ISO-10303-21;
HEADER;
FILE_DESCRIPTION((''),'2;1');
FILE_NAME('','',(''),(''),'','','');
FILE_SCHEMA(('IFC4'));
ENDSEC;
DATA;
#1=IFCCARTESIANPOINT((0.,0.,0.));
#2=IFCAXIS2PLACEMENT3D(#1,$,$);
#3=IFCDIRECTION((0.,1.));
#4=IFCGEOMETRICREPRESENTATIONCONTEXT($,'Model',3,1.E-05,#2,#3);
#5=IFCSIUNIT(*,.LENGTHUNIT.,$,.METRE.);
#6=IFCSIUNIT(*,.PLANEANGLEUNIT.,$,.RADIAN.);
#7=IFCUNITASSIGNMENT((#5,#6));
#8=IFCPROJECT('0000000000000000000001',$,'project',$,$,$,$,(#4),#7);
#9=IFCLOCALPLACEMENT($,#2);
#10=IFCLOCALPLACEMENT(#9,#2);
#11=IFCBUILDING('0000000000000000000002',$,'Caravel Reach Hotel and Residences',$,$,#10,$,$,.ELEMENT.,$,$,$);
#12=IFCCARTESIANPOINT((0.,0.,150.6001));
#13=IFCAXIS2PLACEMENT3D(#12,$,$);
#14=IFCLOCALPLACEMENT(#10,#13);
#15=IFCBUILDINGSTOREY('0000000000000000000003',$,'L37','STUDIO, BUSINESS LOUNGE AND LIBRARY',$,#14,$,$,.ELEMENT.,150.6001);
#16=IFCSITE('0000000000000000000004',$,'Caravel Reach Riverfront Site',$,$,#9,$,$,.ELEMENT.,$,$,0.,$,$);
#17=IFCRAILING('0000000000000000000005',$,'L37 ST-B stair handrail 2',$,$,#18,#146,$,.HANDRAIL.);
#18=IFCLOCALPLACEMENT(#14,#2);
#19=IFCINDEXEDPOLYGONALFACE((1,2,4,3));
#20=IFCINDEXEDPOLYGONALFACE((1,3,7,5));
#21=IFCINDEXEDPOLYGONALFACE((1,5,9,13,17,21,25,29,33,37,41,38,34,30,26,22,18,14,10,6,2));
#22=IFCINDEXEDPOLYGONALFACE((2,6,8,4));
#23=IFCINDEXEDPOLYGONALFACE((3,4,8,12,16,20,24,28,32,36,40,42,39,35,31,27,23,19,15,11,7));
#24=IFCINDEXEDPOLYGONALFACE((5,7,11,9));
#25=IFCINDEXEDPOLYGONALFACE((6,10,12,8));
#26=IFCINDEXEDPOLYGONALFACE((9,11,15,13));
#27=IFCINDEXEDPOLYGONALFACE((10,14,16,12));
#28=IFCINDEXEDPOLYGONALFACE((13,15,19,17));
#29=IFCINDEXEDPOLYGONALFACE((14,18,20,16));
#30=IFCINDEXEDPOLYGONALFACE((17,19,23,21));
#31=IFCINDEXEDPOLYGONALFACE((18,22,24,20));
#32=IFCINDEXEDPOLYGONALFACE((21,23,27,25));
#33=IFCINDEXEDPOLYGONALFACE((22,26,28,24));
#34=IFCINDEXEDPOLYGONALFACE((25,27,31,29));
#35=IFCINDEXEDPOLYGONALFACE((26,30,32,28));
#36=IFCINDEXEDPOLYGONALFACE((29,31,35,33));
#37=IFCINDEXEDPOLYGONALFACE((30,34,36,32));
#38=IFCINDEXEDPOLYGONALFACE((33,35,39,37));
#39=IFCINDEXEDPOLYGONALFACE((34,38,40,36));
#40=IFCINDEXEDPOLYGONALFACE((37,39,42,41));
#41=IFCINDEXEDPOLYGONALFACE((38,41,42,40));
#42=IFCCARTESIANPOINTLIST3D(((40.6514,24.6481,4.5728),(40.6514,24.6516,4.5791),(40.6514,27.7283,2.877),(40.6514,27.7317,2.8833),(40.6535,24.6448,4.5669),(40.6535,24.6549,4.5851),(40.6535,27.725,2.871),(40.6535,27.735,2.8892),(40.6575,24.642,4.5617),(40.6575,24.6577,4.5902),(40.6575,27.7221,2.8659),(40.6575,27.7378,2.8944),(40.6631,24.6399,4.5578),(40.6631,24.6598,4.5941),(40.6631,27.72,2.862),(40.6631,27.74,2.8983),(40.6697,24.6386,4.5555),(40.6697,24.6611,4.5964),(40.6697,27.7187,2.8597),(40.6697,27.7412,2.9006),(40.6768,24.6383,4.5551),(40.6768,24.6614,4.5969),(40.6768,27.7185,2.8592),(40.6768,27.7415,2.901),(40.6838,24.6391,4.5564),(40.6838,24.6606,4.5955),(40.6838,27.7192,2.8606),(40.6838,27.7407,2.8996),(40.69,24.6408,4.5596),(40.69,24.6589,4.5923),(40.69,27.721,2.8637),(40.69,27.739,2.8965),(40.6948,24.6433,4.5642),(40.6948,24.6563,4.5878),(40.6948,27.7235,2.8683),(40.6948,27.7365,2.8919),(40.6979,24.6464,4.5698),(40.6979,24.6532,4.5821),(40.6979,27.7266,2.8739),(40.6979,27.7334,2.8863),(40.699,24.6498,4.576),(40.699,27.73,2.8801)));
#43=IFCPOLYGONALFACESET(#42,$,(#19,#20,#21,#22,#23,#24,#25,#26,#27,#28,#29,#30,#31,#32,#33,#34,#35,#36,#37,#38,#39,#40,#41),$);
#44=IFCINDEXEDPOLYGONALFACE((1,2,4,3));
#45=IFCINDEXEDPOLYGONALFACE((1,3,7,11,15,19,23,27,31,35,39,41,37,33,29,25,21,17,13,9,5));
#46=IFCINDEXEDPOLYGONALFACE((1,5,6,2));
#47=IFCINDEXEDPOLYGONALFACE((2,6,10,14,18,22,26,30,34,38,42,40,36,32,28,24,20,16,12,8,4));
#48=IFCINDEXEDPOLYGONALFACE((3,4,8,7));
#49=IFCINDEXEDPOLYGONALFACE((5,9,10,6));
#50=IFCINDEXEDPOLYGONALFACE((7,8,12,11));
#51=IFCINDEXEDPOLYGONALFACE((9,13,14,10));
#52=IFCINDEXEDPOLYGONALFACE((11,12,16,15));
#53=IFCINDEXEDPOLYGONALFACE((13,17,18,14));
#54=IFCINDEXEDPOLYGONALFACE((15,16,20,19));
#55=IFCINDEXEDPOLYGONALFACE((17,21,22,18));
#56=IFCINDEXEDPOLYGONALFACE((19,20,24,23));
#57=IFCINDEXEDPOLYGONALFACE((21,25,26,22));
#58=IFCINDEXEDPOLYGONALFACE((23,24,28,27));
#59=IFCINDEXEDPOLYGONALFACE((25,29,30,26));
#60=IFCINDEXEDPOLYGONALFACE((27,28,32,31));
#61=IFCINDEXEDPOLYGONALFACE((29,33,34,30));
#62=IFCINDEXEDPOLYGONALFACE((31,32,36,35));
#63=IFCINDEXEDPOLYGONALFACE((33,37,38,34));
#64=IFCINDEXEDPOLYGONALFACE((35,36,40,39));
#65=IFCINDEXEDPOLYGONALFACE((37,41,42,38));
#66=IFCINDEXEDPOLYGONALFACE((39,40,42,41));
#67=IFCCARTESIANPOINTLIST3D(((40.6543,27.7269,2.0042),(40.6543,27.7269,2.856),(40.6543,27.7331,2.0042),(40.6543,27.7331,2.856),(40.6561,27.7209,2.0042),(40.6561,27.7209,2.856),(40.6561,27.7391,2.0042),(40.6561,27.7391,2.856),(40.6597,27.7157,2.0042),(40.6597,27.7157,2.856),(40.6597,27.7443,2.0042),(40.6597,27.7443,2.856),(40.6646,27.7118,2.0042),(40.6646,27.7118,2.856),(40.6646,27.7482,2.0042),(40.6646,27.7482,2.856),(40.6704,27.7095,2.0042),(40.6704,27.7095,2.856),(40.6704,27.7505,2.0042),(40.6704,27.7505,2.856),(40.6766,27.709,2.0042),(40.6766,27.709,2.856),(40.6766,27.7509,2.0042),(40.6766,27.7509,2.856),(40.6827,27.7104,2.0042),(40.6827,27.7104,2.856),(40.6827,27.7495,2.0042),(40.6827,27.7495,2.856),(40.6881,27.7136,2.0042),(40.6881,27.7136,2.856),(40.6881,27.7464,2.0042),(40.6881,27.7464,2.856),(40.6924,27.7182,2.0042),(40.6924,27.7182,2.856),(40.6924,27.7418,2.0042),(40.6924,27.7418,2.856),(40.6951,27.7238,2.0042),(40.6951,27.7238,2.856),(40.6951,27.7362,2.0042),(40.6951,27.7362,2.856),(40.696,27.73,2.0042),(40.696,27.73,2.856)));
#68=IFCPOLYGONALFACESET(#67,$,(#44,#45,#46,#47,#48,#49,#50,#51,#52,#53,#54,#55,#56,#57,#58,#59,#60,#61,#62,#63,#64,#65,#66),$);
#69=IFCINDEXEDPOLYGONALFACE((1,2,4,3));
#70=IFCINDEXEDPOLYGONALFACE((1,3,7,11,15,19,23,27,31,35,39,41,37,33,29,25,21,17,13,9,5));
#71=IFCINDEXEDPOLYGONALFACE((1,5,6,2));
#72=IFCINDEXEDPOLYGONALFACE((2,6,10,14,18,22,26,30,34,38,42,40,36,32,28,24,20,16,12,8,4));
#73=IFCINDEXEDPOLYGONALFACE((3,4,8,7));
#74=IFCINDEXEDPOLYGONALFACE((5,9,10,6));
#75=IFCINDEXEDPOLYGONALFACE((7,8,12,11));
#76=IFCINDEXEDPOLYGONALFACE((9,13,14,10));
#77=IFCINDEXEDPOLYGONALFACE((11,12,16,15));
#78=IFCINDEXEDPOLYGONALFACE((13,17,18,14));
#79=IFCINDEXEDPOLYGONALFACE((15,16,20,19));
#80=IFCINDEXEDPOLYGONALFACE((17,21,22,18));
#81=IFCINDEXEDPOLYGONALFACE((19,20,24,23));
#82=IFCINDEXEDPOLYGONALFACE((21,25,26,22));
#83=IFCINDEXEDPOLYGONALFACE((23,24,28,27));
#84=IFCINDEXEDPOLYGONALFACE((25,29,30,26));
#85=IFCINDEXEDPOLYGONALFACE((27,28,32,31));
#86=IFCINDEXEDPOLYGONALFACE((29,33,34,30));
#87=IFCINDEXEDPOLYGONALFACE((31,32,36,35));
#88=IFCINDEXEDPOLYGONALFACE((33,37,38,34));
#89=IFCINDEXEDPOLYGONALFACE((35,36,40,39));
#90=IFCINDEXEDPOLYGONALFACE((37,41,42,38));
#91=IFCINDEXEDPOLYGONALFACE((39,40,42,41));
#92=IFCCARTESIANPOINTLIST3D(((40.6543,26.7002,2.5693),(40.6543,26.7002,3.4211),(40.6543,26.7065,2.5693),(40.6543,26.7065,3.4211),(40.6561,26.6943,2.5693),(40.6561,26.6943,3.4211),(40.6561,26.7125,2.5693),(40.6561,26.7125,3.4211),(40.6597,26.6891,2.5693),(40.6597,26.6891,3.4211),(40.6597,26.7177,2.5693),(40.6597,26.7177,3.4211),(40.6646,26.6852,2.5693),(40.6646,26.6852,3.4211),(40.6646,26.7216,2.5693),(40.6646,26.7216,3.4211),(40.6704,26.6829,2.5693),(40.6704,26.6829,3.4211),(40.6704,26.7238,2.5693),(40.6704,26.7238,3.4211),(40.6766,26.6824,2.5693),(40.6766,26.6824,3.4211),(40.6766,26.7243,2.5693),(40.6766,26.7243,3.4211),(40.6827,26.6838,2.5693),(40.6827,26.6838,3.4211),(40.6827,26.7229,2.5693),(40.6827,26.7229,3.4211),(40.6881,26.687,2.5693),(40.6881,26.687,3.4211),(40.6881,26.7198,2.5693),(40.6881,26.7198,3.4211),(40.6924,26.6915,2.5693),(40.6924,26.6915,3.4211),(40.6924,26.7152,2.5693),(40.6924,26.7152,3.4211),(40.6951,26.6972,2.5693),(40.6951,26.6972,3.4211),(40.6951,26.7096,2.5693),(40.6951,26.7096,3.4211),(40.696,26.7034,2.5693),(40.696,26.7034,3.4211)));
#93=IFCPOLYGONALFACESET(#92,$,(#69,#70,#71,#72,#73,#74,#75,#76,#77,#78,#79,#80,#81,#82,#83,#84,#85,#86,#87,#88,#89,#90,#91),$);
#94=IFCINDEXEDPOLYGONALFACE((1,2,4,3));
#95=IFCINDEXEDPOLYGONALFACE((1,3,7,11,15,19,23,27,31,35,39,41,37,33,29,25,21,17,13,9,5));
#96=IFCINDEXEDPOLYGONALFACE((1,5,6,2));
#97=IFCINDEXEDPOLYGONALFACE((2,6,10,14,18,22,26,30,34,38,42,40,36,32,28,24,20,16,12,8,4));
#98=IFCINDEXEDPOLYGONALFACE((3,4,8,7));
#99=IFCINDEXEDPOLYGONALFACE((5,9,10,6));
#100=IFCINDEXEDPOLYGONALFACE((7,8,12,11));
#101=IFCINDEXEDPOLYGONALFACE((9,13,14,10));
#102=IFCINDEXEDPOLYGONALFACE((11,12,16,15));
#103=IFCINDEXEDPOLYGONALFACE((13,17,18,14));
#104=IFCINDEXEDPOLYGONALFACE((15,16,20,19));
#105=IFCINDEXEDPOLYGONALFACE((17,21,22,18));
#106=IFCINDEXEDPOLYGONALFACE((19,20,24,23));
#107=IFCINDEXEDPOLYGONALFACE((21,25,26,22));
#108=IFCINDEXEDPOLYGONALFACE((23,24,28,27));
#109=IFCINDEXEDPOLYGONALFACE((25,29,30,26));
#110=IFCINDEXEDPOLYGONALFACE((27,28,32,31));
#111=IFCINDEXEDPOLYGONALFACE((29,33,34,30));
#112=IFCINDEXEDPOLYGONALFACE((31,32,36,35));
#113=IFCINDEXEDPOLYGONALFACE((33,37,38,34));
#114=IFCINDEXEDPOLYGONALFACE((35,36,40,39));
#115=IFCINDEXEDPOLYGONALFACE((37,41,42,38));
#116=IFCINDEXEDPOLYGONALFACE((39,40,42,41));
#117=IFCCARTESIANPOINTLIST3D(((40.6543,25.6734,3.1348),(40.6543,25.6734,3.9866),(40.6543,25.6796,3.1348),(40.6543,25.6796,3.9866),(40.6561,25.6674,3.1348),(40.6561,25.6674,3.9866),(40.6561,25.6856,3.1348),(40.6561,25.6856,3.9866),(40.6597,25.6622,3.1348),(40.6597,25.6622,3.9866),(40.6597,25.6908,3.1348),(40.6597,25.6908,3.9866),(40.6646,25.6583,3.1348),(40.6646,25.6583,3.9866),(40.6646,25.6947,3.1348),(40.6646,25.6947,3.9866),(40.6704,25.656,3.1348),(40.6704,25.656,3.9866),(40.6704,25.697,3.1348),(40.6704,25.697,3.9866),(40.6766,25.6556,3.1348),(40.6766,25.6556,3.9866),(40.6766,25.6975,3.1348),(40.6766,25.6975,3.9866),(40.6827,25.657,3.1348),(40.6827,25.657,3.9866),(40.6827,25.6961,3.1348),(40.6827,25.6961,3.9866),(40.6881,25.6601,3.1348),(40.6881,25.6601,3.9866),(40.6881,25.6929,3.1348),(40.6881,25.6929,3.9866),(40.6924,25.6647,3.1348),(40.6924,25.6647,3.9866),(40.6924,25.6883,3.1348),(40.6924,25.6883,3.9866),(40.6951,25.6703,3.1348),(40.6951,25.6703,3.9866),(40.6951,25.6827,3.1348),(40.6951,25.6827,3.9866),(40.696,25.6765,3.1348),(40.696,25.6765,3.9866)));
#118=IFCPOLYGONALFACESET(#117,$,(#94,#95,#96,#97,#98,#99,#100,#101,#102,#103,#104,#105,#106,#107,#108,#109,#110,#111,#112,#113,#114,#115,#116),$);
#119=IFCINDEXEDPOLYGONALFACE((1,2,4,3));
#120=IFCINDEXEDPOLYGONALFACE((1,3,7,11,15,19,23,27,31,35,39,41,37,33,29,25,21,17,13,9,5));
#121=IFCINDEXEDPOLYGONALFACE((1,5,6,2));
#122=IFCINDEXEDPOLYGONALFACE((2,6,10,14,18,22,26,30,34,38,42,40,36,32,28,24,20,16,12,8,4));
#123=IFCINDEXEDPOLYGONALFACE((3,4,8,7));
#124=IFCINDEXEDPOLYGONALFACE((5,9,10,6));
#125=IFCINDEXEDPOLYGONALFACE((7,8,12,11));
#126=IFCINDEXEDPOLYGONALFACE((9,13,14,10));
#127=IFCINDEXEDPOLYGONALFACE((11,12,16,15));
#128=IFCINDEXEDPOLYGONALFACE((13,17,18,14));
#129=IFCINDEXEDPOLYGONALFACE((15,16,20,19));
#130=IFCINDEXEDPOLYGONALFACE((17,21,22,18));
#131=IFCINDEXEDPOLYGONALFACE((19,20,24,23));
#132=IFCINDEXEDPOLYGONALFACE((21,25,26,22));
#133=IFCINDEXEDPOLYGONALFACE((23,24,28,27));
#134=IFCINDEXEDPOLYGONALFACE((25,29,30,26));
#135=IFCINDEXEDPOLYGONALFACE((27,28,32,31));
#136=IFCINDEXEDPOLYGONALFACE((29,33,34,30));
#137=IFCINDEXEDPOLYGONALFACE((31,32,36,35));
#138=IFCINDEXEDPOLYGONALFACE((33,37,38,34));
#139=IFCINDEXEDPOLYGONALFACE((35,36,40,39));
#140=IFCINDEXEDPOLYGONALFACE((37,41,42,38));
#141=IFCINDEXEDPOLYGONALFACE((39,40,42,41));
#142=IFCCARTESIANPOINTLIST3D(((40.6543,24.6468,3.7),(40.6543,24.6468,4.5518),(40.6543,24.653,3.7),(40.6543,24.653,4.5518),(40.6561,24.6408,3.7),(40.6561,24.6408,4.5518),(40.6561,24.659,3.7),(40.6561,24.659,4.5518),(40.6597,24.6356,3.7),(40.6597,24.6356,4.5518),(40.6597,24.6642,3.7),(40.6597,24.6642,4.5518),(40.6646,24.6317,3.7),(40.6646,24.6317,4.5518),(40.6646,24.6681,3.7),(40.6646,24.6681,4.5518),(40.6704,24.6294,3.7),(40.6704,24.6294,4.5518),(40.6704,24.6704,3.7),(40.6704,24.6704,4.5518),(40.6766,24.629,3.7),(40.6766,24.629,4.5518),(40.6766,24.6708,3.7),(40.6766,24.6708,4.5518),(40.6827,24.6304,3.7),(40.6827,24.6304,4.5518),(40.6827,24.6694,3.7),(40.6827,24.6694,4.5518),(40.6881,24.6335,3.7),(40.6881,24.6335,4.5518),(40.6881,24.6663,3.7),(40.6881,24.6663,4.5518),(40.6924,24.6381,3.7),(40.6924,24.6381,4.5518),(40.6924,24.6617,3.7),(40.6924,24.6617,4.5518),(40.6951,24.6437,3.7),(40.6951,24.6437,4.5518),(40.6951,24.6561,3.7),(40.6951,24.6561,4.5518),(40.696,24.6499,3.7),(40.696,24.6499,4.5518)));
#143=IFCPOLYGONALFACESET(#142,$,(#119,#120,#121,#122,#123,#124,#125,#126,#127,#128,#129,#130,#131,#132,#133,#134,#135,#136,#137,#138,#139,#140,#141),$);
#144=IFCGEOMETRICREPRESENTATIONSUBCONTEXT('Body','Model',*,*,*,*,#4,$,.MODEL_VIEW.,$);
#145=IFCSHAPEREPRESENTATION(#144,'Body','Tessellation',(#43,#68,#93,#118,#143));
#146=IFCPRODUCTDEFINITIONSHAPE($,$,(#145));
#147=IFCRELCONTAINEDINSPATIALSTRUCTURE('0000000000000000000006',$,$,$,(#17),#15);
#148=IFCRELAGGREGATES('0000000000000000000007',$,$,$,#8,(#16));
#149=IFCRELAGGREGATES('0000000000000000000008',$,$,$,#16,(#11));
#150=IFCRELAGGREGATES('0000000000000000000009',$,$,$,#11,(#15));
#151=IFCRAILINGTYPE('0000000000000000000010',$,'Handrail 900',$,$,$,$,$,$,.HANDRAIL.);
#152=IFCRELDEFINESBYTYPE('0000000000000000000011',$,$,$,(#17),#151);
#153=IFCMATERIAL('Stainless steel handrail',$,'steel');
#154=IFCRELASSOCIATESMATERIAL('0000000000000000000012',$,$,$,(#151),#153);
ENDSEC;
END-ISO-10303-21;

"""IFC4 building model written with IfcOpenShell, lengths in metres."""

from ifc_helpers import new_model, si_unit, direction, frame, origin, origin_2d, place, context, subcontext, project, spatial, circle, extrude, material, type_object, element, save


model = new_model("IFC4")

# Units and contexts
model_context = context("Model", 3, precision=1e-05, world=origin(), true_north=direction((0.0, 1.0)))
body_context = subcontext(model_context, "Body", "Model", "MODEL_VIEW")
ifc_project = project(units=[si_unit("LENGTHUNIT", "METRE"), si_unit("PLANEANGLEUNIT", "RADIAN")], contexts=[model_context])

# Site, building, storey
site_placement = place(None, origin())
site = spatial("IfcSite", under=ifc_project, at=site_placement, Name="Caravel Reach Riverfront Site", CompositionType="ELEMENT", RefElevation=0.0)
building_placement = place(site_placement, origin())
building = spatial("IfcBuilding", under=site, at=building_placement, Name="Caravel Reach Hotel and Residences", CompositionType="ELEMENT")
storey_placement = place(building_placement, frame((0.0, 0.0, 150.6001)))
storey = spatial("IfcBuildingStorey", under=building, at=storey_placement, Name="L37", Description="STUDIO, BUSINESS LOUNGE AND LIBRARY", CompositionType="ELEMENT", Elevation=150.6001)

# Railing
ifc_material_1 = material(Name="Stainless steel handrail", Category="steel")
railing_type_1 = type_object("IfcRailingType", Name="Handrail 900", PredefinedType="HANDRAIL", material=ifc_material_1)
railing_1_placement = place(storey_placement, frame((40.675, 27.73, 2.0042)))
element("IfcRailing", 1, at=railing_1_placement, inside=storey, type_object=railing_type_1, Name="L37 ST-B stair handrail 2", PredefinedType="HANDRAIL", context=body_context, shape_type="SweptSolid", body=[
    extrude(circle(Radius=0.0239, at=origin_2d()), frame((0.0, 0.0, 0.876), z_axis=(0.0, -0.876005, 0.482303), x_axis=(1.0, 0.0, 0.0)), (0.0, 0.0, 1.0), 3.5161),
    extrude(circle(Radius=0.021, at=origin_2d()), origin(), (0.0, 0.0, 1.0), 0.8518),
    extrude(circle(Radius=0.021, at=origin_2d()), frame((0.0, -1.0266, 0.5652)), (0.0, 0.0, 1.0), 0.8518),
    extrude(circle(Radius=0.021, at=origin_2d()), frame((0.0, -2.0535, 1.1306)), (0.0, 0.0, 1.0), 0.8518),
    extrude(circle(Radius=0.021, at=origin_2d()), frame((0.0, -3.0801, 1.6958)), (0.0, 0.0, 1.0), 0.8518),
])

save(model, "model.ifc")
